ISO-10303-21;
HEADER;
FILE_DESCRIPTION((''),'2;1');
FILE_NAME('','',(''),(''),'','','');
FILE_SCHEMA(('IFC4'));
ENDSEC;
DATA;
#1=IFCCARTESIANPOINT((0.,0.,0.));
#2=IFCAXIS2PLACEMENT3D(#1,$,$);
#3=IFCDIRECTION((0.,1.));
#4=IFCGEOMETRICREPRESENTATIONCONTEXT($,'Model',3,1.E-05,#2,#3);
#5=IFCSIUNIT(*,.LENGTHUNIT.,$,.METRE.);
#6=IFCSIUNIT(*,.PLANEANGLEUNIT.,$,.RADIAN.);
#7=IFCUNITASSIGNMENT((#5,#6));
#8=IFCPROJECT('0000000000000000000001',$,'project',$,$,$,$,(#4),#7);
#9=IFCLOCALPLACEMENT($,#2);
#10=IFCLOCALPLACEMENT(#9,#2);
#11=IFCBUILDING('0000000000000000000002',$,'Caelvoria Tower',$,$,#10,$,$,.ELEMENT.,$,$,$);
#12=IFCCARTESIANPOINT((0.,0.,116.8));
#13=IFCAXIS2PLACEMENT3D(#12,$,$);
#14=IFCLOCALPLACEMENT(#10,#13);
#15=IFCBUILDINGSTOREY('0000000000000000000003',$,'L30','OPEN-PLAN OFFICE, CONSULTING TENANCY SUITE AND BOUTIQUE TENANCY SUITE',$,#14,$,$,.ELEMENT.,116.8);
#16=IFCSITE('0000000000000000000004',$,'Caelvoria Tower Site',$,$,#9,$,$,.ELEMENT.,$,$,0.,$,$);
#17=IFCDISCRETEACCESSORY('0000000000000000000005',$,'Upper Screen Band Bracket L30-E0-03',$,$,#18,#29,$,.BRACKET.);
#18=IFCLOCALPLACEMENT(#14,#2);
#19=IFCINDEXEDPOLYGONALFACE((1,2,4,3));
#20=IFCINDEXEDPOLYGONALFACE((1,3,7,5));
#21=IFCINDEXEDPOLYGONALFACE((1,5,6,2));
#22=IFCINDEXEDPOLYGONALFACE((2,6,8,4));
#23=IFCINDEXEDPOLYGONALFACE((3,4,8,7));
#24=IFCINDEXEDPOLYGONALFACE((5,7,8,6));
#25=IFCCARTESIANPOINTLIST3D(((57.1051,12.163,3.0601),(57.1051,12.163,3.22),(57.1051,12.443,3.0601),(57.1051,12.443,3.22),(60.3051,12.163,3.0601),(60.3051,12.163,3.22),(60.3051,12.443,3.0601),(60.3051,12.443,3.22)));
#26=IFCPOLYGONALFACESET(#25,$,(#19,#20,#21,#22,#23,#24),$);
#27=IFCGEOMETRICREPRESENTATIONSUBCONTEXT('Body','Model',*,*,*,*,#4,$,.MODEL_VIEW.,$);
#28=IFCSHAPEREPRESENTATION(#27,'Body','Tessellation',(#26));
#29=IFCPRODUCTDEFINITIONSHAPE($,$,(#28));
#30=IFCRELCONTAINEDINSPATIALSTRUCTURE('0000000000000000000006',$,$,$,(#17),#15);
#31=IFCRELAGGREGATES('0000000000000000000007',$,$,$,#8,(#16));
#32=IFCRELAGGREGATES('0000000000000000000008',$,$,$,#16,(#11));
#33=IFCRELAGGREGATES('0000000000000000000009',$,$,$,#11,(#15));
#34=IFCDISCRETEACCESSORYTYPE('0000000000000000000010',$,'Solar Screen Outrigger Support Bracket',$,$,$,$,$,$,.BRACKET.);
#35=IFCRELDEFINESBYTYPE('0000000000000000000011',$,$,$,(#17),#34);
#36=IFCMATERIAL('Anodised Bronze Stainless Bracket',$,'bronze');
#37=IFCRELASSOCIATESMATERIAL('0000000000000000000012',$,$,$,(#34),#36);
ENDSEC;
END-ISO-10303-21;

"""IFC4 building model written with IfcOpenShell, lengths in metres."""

from ifc_helpers import new_model, si_unit, direction, frame, origin, origin_2d, place, context, subcontext, project, spatial, rectangle, extrude, material, type_object, element, save


model = new_model("IFC4")

# Units and contexts
model_context = context("Model", 3, precision=1e-05, world=origin(), true_north=direction((0.0, 1.0)))
body_context = subcontext(model_context, "Body", "Model", "MODEL_VIEW")
ifc_project = project(units=[si_unit("LENGTHUNIT", "METRE"), si_unit("PLANEANGLEUNIT", "RADIAN")], contexts=[model_context])

# Site, building, storey
site_placement = place(None, origin())
site = spatial("IfcSite", under=ifc_project, at=site_placement, Name="Caelvoria Tower Site", CompositionType="ELEMENT", RefElevation=0.0)
building_placement = place(site_placement, origin())
building = spatial("IfcBuilding", under=site, at=building_placement, Name="Caelvoria Tower", CompositionType="ELEMENT")
storey_placement = place(building_placement, frame((0.0, 0.0, 116.8)))
storey = spatial("IfcBuildingStorey", under=building, at=storey_placement, Name="L30", Description="OPEN-PLAN OFFICE, CONSULTING TENANCY SUITE AND BOUTIQUE TENANCY SUITE", CompositionType="ELEMENT", Elevation=116.8)

# Discrete accessory
ifc_material_1 = material(Name="Anodised Bronze Stainless Bracket", Category="bronze")
discrete_accessory_type = type_object("IfcDiscreteAccessoryType", Name="Solar Screen Outrigger Support Bracket", PredefinedType="BRACKET", material=ifc_material_1)
for number, where, z_axis, x_axis, name in (
    (1, (58.7051, 12.303, 3.0601), (0.0, 0.0, 1.0), (1.0, 0.0, 0.0), "Upper Screen Band Bracket L30-E0-03"),
):
    element("IfcDiscreteAccessory", number, at=place(storey_placement, frame(where, z_axis=z_axis, x_axis=x_axis)), inside=storey, type_object=discrete_accessory_type, Name=name, PredefinedType="BRACKET", context=body_context, shape_type="SweptSolid", body=[
        extrude(rectangle(XDim=3.2, YDim=0.28, at=origin_2d()), origin(), (0.0, 0.0, 1.0), 0.1599),
    ])

save(model, "model.ifc")
